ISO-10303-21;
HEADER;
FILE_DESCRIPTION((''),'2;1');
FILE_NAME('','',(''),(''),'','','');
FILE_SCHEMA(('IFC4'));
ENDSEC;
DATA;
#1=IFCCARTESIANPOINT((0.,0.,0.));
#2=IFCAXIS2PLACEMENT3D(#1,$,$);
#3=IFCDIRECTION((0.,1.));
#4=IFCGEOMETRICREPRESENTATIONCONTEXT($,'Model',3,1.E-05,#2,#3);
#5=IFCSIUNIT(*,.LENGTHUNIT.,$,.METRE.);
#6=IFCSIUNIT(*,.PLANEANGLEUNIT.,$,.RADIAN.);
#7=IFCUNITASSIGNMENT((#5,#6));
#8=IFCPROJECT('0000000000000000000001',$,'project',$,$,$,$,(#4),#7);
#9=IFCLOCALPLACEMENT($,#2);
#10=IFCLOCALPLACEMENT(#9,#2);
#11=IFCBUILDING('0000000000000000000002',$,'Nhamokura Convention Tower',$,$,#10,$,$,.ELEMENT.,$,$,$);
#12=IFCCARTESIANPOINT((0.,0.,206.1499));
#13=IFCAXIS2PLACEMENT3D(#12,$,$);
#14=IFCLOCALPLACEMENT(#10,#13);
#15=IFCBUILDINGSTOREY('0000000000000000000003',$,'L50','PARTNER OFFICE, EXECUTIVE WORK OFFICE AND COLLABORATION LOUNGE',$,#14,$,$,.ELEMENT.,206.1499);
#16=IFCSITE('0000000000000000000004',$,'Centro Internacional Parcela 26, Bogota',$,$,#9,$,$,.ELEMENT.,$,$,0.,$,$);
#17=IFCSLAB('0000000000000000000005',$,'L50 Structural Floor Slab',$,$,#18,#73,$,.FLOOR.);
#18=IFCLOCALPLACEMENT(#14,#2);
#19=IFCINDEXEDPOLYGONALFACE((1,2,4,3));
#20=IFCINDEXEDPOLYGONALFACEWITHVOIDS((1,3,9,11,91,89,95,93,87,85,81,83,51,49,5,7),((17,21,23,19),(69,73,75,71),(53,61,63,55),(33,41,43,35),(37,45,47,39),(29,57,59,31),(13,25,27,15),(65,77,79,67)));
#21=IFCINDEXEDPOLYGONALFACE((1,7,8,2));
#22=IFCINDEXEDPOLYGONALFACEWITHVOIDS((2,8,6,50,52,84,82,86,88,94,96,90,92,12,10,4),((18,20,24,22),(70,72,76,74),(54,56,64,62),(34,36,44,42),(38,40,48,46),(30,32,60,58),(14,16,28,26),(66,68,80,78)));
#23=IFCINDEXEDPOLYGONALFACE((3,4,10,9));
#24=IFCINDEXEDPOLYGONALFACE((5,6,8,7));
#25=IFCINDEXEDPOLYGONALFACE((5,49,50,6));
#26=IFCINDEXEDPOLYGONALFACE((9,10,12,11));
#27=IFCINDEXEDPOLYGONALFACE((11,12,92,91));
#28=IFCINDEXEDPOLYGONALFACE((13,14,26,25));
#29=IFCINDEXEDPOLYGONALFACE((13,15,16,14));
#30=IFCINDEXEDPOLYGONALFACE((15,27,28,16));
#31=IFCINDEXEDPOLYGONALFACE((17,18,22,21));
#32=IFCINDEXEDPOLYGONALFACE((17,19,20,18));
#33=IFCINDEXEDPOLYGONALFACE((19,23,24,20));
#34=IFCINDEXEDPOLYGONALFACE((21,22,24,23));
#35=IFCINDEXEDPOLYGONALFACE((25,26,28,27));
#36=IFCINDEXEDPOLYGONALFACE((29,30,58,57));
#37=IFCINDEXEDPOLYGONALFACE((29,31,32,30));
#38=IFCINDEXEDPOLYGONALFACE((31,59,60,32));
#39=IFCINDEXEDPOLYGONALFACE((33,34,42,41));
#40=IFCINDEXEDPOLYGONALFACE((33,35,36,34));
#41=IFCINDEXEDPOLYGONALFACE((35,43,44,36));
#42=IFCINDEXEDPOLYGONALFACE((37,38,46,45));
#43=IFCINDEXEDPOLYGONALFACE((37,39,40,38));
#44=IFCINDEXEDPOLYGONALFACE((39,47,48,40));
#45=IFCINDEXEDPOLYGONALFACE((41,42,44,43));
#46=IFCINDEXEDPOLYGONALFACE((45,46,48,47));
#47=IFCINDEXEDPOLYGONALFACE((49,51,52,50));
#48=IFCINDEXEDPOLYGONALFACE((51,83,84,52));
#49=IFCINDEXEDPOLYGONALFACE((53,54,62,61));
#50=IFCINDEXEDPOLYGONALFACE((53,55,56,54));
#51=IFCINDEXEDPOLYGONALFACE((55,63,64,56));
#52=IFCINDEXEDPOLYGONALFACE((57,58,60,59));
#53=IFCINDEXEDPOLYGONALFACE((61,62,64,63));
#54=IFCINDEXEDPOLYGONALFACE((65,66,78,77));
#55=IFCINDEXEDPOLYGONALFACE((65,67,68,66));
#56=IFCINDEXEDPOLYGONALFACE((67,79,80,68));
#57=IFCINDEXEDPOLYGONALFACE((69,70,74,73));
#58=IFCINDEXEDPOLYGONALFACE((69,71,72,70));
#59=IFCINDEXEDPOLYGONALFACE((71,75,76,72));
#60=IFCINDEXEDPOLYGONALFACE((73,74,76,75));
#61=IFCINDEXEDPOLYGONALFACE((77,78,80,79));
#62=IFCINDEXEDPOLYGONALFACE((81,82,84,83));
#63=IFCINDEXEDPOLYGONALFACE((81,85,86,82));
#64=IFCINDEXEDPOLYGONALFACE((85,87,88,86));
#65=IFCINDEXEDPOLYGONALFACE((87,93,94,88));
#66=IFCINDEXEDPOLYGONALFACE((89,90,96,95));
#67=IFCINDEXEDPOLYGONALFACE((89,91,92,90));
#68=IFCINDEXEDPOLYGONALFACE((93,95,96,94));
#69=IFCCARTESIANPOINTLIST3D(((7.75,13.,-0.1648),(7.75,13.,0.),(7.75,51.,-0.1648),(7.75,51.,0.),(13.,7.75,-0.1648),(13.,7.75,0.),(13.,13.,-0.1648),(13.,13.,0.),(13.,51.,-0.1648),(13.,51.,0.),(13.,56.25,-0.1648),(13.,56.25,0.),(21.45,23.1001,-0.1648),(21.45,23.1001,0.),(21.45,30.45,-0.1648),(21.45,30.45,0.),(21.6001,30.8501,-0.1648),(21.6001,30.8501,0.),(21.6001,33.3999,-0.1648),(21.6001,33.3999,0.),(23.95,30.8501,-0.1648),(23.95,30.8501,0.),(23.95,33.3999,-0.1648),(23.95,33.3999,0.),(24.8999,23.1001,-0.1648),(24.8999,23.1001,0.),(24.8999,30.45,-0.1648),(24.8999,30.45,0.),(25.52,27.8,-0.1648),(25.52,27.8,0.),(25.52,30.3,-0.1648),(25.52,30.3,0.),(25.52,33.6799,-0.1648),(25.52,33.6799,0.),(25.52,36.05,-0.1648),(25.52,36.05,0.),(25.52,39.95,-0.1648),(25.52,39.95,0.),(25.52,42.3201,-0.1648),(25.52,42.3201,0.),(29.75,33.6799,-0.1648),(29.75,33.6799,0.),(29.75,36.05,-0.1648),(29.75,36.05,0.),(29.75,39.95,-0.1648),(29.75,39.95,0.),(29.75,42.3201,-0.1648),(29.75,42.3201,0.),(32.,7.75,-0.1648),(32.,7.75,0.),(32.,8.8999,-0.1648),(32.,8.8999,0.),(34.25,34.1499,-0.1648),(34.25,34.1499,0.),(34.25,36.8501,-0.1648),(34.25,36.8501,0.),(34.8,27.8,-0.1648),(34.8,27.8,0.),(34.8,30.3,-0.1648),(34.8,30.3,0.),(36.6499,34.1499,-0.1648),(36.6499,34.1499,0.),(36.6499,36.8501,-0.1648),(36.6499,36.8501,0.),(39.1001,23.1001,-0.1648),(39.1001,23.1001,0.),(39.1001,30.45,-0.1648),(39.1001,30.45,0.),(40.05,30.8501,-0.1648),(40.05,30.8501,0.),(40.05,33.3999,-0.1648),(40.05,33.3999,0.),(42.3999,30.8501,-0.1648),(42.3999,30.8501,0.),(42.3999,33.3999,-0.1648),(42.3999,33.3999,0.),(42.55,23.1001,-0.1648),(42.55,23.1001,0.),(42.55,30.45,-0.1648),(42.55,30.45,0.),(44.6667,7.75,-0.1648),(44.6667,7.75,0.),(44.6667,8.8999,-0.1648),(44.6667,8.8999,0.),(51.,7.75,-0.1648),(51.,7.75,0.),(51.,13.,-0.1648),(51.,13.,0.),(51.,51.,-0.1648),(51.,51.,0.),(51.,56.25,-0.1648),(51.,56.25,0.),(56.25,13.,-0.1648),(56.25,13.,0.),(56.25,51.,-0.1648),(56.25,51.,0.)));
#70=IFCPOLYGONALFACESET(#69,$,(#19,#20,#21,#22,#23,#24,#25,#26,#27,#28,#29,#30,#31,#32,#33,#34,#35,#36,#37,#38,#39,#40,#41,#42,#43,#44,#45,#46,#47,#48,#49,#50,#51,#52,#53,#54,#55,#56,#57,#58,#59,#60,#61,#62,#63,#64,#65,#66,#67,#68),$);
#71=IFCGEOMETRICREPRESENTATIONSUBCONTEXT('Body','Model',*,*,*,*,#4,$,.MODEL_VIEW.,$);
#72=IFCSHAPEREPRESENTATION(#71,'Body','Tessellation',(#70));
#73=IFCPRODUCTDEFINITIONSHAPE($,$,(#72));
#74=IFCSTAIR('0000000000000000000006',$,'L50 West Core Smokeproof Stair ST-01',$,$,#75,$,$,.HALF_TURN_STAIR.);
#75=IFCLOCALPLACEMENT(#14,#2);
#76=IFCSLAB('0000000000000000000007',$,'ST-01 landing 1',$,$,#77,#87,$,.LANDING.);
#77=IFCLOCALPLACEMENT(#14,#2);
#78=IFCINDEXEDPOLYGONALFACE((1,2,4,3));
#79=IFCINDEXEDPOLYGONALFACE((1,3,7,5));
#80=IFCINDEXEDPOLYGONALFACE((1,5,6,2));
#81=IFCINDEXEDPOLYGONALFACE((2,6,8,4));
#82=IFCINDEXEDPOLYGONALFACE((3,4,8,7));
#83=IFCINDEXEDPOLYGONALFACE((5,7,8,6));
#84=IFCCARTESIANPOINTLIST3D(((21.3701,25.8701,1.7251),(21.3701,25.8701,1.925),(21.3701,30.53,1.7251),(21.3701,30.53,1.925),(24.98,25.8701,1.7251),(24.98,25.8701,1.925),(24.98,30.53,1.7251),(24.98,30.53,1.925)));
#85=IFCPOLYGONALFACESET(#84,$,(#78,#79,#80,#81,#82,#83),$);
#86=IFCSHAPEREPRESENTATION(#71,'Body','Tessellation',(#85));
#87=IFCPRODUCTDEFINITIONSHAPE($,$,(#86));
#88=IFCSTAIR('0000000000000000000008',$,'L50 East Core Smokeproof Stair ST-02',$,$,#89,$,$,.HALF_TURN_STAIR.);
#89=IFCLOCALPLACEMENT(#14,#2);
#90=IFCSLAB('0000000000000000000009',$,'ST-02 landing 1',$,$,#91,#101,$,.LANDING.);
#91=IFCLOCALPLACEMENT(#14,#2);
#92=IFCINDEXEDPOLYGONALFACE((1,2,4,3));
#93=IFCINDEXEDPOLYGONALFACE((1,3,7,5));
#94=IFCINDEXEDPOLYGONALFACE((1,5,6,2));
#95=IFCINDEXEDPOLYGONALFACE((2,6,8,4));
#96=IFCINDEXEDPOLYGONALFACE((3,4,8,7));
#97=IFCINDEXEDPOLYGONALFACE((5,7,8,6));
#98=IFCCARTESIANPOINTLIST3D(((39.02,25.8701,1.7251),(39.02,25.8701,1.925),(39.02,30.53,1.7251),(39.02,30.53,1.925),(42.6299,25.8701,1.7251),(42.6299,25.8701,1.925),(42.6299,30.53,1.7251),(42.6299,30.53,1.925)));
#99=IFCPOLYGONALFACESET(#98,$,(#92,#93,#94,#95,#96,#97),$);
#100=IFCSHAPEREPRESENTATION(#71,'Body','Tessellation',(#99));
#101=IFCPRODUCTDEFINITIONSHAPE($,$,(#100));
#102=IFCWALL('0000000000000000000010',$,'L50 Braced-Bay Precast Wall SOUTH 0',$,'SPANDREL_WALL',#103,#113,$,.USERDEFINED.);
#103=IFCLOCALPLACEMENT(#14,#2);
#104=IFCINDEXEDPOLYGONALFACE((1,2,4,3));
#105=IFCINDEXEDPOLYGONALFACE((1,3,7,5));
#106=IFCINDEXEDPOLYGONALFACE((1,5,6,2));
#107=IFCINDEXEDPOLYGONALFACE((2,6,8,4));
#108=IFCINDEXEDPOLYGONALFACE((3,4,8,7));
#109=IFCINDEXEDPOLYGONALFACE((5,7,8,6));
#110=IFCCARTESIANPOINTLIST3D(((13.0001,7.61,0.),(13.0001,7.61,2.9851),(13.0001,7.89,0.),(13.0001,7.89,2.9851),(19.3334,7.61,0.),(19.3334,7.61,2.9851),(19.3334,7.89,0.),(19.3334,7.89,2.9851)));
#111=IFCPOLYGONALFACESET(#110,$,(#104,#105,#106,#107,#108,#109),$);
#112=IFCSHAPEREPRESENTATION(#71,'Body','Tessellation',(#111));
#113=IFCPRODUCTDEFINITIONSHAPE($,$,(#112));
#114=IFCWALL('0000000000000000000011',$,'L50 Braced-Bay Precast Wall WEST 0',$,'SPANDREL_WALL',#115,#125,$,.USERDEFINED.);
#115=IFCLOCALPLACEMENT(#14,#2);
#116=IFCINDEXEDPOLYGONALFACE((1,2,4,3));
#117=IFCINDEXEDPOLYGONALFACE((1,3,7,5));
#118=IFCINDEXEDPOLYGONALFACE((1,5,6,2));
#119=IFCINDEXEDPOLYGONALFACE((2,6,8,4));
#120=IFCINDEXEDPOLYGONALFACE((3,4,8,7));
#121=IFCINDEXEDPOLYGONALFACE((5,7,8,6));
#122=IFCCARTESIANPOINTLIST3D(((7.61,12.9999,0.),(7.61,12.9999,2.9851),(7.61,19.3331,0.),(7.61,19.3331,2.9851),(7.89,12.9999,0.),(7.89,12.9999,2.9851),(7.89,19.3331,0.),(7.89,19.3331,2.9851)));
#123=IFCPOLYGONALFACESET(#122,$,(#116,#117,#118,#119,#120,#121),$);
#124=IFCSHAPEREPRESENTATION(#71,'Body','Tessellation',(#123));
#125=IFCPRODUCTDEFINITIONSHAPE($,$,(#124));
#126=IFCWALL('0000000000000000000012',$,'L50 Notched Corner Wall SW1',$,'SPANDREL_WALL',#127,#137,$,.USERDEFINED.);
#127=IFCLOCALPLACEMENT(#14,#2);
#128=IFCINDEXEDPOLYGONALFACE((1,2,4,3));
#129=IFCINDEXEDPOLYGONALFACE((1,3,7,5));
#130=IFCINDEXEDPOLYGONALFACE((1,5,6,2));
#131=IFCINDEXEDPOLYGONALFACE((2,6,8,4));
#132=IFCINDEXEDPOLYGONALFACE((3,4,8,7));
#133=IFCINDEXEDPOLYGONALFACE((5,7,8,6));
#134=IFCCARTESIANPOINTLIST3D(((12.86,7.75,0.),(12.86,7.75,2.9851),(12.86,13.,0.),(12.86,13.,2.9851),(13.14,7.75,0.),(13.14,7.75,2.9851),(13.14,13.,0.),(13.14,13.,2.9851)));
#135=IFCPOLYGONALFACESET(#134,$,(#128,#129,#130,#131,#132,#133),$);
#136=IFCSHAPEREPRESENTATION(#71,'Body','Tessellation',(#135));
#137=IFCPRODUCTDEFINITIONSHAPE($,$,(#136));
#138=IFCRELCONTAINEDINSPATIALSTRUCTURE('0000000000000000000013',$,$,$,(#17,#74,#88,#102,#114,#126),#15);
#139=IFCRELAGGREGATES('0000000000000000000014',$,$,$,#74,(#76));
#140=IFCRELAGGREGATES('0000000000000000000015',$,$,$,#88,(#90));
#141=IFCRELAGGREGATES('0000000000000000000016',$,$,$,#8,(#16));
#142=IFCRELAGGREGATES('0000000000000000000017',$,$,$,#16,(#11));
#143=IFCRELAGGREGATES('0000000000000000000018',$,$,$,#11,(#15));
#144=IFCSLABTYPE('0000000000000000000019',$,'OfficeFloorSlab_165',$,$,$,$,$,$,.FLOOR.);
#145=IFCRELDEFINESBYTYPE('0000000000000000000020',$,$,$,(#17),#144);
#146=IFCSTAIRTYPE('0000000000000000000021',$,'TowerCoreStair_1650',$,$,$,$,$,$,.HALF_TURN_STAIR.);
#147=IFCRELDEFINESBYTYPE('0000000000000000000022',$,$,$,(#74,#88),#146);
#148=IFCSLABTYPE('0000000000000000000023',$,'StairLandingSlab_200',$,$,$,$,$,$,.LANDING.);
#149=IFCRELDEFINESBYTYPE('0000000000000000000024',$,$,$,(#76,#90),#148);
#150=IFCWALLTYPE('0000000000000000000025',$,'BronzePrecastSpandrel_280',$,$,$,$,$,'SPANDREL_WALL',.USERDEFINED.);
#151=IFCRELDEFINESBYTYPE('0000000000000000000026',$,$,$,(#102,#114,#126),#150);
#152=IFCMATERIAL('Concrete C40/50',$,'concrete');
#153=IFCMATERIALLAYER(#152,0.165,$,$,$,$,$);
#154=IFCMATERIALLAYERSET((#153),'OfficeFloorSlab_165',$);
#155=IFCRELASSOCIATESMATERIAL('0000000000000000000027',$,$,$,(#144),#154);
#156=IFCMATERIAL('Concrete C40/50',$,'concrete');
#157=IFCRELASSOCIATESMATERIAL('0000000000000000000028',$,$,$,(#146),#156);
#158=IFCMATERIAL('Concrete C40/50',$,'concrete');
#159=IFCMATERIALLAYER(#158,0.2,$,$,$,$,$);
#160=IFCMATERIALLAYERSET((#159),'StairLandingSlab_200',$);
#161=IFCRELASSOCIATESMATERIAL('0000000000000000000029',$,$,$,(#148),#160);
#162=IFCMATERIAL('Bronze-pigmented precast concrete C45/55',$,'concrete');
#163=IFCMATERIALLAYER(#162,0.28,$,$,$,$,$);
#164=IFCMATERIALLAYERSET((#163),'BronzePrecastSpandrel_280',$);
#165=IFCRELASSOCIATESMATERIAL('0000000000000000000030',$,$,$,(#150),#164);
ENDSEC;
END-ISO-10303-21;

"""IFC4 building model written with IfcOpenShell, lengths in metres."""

from ifc_helpers import new_model, si_unit, direction, frame, frame_2d, origin, place, context, subcontext, project, spatial, polyline, rectangle, outline, extrude, material, layer, layer_set, type_object, element, aggregate, save


model = new_model("IFC4")

# Units and contexts
model_context = context("Model", 3, precision=1e-05, world=origin(), true_north=direction((0.0, 1.0)))
body_context = subcontext(model_context, "Body", "Model", "MODEL_VIEW")
ifc_project = project(units=[si_unit("LENGTHUNIT", "METRE"), si_unit("PLANEANGLEUNIT", "RADIAN")], contexts=[model_context])

# Site, building, storey
site_placement = place(None, origin())
site = spatial("IfcSite", under=ifc_project, at=site_placement, Name="Centro Internacional Parcela 26, Bogota", CompositionType="ELEMENT", RefElevation=0.0)
building_placement = place(site_placement, origin())
building = spatial("IfcBuilding", under=site, at=building_placement, Name="Nhamokura Convention Tower", CompositionType="ELEMENT")
storey_placement = place(building_placement, frame((0.0, 0.0, 206.1499)))
storey = spatial("IfcBuildingStorey", under=building, at=storey_placement, Name="L50", Description="PARTNER OFFICE, EXECUTIVE WORK OFFICE AND COLLABORATION LOUNGE", CompositionType="ELEMENT", Elevation=206.1499)

# Slab
ifc_material_1 = material(Name="Concrete C40/50", Category="concrete")
ifc_layer_1 = layer(ifc_material_1, 0.165)
ifc_layer_set_1 = layer_set([ifc_layer_1], Name="OfficeFloorSlab_165")
slab_type_1 = type_object("IfcSlabType", Name="OfficeFloorSlab_165", PredefinedType="FLOOR", material=ifc_layer_set_1)
slab_1_placement = place(storey_placement, frame((0.0, 0.0, -0.1648)))
element("IfcSlab", 1, at=slab_1_placement, inside=storey, type_object=slab_type_1, Name="L50 Structural Floor Slab", PredefinedType="FLOOR", context=body_context, shape_type="SweptSolid", body=[
    extrude(outline(polyline([(13.0, 7.75), (32.0, 7.75), (32.0, 8.8999), (44.6667, 8.8999), (44.6667, 7.75), (51.0, 7.75), (51.0, 13.0), (56.25, 13.0), (56.25, 51.0), (51.0, 51.0), (51.0, 56.25), (13.0, 56.25), (13.0, 51.0), (7.75, 51.0), (7.75, 13.0), (13.0, 13.0), (13.0, 7.75)]), holes=[polyline([(24.8999, 23.1001), (24.8999, 30.45), (21.45, 30.45), (21.45, 23.1001), (24.8999, 23.1001)]), polyline([(42.55, 23.1001), (42.55, 30.45), (39.1001, 30.45), (39.1001, 23.1001), (42.55, 23.1001)]), polyline([(21.6001, 30.8501), (23.95, 30.8501), (23.95, 33.3999), (21.6001, 33.3999), (21.6001, 30.8501)]), polyline([(40.05, 30.8501), (42.3999, 30.8501), (42.3999, 33.3999), (40.05, 33.3999), (40.05, 30.8501)]), polyline([(34.25, 34.1499), (36.6499, 34.1499), (36.6499, 36.8501), (34.25, 36.8501), (34.25, 34.1499)]), polyline([(25.52, 27.8), (34.8, 27.8), (34.8, 30.3), (25.52, 30.3), (25.52, 27.8)]), polyline([(25.52, 33.6799), (29.75, 33.6799), (29.75, 36.05), (25.52, 36.05), (25.52, 33.6799)]), polyline([(25.52, 39.95), (29.75, 39.95), (29.75, 42.3201), (25.52, 42.3201), (25.52, 39.95)])]), origin(), (0.0, 0.0, 1.0), 0.1648),
])

# Stairs, slabs
ifc_material_2 = material(Name="Concrete C40/50", Category="concrete")
stair_type = type_object("IfcStairType", Name="TowerCoreStair_1650", PredefinedType="HALF_TURN_STAIR", material=ifc_material_2)
stair_1_placement = place(storey_placement, origin())
stair_1 = element("IfcStair", 2, at=stair_1_placement, inside=storey, type_object=stair_type, Name="L50 West Core Smokeproof Stair ST-01", PredefinedType="HALF_TURN_STAIR")
ifc_material_3 = material(Name="Concrete C40/50", Category="concrete")
ifc_layer_2 = layer(ifc_material_3, 0.2)
ifc_layer_set_2 = layer_set([ifc_layer_2], Name="StairLandingSlab_200")
slab_type_2 = type_object("IfcSlabType", Name="StairLandingSlab_200", PredefinedType="LANDING", material=ifc_layer_set_2)
slab_2_placement = place(storey_placement, frame((0.0, 0.0, 1.7251)))
slab_2 = element("IfcSlab", 3, at=slab_2_placement, type_object=slab_type_2, Name="ST-01 landing 1", PredefinedType="LANDING", context=body_context, shape_type="SweptSolid", body=[
    extrude(outline(polyline([(24.98, 25.8701), (24.98, 30.53), (21.3701, 30.53), (21.3701, 25.8701), (24.98, 25.8701)])), origin(), (0.0, 0.0, 1.0), 0.2),
])
aggregate(stair_1, [slab_2])
stair_2_placement = place(storey_placement, origin())
stair_2 = element("IfcStair", 4, at=stair_2_placement, inside=storey, type_object=stair_type, Name="L50 East Core Smokeproof Stair ST-02", PredefinedType="HALF_TURN_STAIR")
slab_3_placement = place(storey_placement, frame((0.0, 0.0, 1.7251)))
slab_3 = element("IfcSlab", 5, at=slab_3_placement, type_object=slab_type_2, Name="ST-02 landing 1", PredefinedType="LANDING", context=body_context, shape_type="SweptSolid", body=[
    extrude(outline(polyline([(42.6299, 25.8701), (42.6299, 30.53), (39.02, 30.53), (39.02, 25.8701), (42.6299, 25.8701)])), origin(), (0.0, 0.0, 1.0), 0.2),
])
aggregate(stair_2, [slab_3])

# Walls
ifc_material_4 = material(Name="Bronze-pigmented precast concrete C45/55", Category="concrete")
ifc_layer_3 = layer(ifc_material_4, 0.28)
ifc_layer_set_3 = layer_set([ifc_layer_3], Name="BronzePrecastSpandrel_280")
wall_type = type_object("IfcWallType", Name="BronzePrecastSpandrel_280", ElementType="SPANDREL_WALL", PredefinedType="USERDEFINED", material=ifc_layer_set_3)
for number, where, z_axis, x_axis, name in (
    (6, (19.3333, 7.75, 0.0), (0.0, 0.0, 1.0), (-1.0, 0.0, 0.0), "L50 Braced-Bay Precast Wall SOUTH 0"),
    (7, (7.75, 13.0, 0.0), (0.0, 0.0, 1.0), (0.0, 1.0, 0.0), "L50 Braced-Bay Precast Wall WEST 0"),
):
    element("IfcWall", number, at=place(storey_placement, frame(where, z_axis=z_axis, x_axis=x_axis)), inside=storey, type_object=wall_type, Name=name, ObjectType="SPANDREL_WALL", PredefinedType="USERDEFINED", context=body_context, shape_type="SweptSolid", body=[
        extrude(rectangle(XDim=6.3333, YDim=0.28, at=frame_2d((3.1665, 0.0))), origin(), (0.0, 0.0, 1.0), 2.9851),
    ])
wall_placement = place(storey_placement, frame((13.0, 7.75, 0.0), z_axis=(0.0, 0.0, 1.0), x_axis=(0.0, 1.0, 0.0)))
element("IfcWall", 8, at=wall_placement, inside=storey, type_object=wall_type, Name="L50 Notched Corner Wall SW1", ObjectType="SPANDREL_WALL", PredefinedType="USERDEFINED", context=body_context, shape_type="SweptSolid", body=[
    extrude(rectangle(XDim=5.25, YDim=0.28, at=frame_2d((2.625, 0.0))), origin(), (0.0, 0.0, 1.0), 2.9851),
])

save(model, "model.ifc")
